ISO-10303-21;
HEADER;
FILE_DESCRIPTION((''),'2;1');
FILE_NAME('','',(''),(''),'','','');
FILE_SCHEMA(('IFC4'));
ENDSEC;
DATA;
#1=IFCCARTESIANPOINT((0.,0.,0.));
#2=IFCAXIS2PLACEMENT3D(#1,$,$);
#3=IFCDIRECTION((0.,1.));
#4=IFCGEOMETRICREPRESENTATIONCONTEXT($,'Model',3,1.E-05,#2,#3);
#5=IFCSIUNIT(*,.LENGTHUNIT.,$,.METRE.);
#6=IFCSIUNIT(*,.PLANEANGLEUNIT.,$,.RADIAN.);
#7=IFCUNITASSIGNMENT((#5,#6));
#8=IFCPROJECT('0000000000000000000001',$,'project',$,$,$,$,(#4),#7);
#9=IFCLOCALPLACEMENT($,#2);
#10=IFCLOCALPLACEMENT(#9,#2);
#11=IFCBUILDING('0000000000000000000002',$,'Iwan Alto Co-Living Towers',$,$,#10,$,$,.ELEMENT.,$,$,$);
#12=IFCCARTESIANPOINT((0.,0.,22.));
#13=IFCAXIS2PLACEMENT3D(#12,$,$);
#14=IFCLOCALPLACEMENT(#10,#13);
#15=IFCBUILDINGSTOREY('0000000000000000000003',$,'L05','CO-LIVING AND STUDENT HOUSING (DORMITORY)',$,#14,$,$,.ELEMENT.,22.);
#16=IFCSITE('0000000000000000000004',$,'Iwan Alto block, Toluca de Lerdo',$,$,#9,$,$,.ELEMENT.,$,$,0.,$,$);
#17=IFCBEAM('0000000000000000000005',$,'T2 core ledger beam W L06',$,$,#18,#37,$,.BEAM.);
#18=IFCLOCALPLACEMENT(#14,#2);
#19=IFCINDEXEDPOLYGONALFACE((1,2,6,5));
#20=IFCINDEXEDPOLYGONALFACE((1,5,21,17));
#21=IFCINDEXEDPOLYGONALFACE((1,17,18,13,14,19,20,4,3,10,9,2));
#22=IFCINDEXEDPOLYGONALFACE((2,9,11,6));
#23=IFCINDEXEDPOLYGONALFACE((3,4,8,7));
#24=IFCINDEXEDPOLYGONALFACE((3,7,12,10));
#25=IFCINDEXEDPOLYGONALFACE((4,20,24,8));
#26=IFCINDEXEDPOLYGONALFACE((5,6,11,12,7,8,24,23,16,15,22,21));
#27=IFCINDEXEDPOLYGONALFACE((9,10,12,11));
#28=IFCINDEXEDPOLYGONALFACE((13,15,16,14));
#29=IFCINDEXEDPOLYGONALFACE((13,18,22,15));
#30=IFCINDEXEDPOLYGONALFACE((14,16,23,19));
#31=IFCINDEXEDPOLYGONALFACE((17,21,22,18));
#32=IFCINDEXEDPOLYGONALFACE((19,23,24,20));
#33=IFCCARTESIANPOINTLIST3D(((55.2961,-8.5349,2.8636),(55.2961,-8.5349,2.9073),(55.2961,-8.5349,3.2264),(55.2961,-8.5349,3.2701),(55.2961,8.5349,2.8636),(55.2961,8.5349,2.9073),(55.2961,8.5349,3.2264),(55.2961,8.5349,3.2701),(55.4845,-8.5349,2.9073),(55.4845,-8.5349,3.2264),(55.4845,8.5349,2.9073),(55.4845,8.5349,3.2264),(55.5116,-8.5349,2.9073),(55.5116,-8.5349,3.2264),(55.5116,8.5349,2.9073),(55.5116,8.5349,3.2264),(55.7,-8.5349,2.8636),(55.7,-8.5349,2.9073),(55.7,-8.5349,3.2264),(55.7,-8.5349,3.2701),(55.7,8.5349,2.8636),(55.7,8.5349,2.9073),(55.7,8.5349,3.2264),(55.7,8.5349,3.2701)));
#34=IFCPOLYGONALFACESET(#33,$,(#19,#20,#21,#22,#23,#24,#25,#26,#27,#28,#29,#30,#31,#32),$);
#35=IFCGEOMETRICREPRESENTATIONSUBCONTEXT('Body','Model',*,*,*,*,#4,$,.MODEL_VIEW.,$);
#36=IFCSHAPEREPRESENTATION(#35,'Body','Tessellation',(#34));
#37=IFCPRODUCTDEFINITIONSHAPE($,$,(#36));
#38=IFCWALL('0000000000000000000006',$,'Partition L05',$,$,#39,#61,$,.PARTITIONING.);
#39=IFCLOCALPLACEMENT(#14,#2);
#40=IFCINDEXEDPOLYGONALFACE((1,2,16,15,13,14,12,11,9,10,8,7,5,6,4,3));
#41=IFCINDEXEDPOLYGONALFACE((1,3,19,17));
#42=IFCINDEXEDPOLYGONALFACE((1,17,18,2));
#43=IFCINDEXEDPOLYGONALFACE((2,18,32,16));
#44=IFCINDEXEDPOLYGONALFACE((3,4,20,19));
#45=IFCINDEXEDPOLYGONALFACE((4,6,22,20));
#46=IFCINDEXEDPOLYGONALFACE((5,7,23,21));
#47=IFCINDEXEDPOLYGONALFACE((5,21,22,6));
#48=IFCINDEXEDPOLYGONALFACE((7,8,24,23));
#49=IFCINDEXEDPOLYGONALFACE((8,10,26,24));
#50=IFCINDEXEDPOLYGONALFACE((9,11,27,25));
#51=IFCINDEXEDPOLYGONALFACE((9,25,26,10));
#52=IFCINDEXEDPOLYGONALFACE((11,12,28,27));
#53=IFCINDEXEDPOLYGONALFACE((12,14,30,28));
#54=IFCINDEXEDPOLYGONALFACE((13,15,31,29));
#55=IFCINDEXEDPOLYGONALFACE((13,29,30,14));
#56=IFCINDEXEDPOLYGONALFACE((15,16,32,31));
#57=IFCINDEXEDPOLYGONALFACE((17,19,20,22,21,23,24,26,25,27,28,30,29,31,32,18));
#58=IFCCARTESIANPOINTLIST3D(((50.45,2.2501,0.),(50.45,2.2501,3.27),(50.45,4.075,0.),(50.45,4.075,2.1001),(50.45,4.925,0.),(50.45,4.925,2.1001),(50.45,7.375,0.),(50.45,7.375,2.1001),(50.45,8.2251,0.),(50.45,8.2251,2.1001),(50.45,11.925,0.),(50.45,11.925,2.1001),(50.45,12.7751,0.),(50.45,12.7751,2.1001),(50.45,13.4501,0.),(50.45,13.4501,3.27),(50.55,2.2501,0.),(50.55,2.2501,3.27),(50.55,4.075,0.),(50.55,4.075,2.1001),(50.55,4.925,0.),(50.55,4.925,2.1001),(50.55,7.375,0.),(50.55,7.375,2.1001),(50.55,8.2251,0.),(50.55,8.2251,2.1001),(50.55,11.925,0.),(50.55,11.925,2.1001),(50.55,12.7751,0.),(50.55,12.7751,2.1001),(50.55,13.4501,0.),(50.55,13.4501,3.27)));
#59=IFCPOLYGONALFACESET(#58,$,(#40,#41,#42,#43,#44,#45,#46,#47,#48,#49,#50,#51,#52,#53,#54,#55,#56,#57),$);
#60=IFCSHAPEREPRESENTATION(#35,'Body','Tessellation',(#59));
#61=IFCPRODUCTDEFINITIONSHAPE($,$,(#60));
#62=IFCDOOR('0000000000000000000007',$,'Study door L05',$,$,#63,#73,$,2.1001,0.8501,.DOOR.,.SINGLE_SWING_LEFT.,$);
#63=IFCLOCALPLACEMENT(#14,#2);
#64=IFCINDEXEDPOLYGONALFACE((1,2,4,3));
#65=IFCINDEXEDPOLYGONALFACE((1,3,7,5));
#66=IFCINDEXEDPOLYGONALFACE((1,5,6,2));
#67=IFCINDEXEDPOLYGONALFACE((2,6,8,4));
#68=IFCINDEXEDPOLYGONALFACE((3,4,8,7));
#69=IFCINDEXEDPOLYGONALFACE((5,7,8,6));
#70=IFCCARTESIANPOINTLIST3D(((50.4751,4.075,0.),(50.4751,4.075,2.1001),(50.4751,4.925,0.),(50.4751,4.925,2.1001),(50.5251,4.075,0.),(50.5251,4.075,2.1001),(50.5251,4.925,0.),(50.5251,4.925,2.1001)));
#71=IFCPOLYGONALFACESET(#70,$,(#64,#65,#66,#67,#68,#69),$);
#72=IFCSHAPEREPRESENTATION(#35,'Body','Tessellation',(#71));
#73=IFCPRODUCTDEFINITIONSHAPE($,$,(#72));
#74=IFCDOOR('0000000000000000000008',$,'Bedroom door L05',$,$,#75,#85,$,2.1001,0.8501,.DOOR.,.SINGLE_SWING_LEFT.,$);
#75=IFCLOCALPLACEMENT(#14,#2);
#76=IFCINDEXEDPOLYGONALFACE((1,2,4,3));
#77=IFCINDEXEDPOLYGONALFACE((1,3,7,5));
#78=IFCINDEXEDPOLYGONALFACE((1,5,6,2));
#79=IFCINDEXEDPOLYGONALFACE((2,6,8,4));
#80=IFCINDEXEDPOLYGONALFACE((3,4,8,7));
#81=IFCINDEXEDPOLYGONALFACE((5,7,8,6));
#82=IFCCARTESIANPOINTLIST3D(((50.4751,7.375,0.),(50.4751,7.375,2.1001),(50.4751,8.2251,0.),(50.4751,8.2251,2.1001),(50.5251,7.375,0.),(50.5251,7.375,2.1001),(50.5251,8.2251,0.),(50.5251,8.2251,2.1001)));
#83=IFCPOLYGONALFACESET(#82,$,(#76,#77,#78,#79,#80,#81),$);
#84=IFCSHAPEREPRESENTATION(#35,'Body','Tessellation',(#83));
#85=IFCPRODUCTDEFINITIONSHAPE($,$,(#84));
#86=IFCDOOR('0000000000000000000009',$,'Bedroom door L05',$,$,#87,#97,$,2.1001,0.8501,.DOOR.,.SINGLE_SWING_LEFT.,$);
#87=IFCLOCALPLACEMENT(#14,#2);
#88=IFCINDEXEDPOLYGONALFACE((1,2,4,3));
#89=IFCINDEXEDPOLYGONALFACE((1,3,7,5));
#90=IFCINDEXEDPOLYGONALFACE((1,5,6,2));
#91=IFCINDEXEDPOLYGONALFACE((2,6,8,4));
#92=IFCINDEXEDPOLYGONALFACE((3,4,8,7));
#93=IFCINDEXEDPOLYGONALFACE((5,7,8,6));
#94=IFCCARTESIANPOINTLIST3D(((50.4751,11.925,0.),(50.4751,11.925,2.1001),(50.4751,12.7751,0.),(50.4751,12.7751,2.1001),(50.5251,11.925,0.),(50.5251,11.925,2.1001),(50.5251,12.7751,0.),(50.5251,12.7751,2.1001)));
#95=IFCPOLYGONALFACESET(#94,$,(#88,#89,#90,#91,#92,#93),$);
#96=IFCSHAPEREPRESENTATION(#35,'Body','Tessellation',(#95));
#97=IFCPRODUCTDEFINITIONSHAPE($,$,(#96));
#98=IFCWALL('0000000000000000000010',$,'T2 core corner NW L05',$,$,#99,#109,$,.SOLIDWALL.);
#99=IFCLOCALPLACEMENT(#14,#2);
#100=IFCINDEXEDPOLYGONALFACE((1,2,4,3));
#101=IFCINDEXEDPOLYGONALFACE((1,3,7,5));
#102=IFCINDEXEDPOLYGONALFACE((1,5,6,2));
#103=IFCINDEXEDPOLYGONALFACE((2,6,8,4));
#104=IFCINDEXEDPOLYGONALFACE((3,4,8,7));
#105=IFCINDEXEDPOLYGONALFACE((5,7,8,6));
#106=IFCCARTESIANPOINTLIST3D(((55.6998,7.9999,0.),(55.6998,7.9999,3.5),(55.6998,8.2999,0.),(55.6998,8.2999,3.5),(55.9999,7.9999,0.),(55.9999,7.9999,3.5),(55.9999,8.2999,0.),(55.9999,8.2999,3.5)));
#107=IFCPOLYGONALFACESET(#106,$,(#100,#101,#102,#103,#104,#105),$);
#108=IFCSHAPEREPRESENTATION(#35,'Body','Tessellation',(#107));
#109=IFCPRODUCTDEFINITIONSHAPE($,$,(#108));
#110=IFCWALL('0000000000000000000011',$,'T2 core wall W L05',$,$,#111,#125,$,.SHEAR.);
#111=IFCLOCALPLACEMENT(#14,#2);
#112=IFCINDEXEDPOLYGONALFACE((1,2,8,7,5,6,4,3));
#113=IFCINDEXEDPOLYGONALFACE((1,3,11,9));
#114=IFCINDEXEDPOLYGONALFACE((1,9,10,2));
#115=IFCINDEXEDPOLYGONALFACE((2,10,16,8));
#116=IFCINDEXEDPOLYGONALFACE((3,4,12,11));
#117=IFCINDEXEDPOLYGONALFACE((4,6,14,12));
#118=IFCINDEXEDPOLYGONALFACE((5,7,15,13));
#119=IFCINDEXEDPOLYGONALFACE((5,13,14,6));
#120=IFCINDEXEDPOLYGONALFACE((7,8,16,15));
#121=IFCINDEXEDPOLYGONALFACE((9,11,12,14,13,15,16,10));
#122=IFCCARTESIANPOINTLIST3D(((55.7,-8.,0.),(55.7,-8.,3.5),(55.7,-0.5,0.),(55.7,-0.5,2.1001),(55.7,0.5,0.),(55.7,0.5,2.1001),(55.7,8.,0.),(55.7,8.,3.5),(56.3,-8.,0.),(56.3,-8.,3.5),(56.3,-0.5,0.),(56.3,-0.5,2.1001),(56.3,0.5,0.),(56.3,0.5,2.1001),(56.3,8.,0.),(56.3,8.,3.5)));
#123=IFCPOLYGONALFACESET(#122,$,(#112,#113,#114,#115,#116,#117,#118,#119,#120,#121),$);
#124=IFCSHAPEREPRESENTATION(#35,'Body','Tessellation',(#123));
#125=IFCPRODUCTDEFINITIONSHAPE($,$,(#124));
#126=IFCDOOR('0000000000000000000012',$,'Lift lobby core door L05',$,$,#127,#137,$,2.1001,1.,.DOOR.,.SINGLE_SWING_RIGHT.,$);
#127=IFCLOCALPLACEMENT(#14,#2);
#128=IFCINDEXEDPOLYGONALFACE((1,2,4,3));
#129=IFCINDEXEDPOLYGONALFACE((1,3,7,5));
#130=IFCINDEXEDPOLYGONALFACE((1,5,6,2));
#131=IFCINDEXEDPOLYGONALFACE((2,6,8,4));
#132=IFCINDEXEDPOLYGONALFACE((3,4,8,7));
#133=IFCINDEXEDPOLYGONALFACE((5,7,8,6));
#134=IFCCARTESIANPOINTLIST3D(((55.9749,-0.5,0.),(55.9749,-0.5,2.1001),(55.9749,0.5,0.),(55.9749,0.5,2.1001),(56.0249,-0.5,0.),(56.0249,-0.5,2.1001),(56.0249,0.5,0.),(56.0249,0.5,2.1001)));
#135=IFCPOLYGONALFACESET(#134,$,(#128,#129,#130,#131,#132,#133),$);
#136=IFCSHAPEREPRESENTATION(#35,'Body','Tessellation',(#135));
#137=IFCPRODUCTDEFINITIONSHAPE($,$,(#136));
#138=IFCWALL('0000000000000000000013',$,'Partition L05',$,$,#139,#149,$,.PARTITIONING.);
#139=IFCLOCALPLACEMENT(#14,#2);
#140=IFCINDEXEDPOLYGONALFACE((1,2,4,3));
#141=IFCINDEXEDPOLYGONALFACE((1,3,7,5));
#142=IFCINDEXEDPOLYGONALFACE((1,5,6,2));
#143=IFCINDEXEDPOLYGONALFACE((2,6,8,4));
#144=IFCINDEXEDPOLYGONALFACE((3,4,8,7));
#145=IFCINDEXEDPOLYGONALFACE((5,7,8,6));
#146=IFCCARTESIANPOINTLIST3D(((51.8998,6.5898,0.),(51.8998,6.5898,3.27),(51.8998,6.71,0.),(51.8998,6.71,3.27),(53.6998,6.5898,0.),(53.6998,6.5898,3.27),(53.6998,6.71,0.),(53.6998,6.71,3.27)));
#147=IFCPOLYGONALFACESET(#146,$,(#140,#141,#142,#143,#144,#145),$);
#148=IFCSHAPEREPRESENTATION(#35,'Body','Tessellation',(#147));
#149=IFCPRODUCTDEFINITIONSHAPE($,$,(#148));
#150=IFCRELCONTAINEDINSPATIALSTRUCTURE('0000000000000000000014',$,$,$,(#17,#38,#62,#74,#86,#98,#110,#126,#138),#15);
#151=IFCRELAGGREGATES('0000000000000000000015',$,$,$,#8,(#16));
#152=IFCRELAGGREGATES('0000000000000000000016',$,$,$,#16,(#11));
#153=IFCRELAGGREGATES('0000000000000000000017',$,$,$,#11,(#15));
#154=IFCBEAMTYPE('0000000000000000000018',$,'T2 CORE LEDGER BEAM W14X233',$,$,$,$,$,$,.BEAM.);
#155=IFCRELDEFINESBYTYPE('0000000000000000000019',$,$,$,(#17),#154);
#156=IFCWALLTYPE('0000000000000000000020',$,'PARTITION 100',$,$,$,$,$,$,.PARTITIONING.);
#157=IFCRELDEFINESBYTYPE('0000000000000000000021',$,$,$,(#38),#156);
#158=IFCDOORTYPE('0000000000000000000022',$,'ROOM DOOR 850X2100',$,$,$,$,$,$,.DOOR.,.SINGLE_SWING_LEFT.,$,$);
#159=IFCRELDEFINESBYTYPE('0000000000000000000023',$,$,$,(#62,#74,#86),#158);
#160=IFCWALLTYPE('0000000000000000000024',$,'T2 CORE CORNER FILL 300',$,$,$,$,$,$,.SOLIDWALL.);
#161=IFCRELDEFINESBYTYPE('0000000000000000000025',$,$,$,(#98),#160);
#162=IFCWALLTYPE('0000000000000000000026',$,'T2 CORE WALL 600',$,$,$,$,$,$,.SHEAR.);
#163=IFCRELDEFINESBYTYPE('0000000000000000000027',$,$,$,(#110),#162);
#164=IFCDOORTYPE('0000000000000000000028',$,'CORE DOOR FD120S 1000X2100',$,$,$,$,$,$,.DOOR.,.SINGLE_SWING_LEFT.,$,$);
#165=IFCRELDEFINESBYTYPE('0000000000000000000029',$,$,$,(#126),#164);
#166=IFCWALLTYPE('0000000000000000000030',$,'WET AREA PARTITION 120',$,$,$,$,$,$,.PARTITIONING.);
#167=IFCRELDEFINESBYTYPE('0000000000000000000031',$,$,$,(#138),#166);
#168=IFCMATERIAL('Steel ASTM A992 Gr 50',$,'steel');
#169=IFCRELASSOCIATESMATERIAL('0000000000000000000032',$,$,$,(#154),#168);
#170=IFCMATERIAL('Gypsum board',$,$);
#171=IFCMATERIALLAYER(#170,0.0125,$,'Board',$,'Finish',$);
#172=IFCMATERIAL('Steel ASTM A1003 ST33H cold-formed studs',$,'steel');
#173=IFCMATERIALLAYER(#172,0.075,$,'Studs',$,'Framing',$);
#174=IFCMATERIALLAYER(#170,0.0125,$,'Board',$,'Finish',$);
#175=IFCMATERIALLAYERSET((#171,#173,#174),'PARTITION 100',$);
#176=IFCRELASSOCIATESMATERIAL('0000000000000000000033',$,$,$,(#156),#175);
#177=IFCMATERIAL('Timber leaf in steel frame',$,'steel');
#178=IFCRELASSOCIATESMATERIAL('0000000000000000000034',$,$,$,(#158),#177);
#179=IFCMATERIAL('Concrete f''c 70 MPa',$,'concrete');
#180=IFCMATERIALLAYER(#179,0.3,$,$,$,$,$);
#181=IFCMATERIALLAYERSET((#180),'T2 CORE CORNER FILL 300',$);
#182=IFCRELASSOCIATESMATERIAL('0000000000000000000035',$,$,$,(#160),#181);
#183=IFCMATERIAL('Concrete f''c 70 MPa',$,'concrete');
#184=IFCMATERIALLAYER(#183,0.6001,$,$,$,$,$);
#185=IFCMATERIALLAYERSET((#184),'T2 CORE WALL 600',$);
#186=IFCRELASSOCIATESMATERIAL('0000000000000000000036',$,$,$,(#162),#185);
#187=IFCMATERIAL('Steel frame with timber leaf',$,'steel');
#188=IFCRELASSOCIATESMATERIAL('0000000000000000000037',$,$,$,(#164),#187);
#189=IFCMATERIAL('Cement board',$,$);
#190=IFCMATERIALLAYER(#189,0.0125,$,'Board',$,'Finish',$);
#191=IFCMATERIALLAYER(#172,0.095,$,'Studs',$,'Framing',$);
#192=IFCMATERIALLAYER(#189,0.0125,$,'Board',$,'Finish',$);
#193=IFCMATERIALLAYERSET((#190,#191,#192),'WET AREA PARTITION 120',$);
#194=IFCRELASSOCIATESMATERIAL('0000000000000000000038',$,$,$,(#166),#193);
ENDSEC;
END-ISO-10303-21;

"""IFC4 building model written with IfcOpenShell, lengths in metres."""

from ifc_helpers import new_model, si_unit, direction, frame, frame_2d, origin, origin_2d, place, context, subcontext, project, spatial, rectangle, i_section, extrude, material, layer, layer_set, material_profile, profile_set, type_object, element, fill, save


model = new_model("IFC4")

# Units and contexts
model_context = context("Model", 3, precision=1e-05, world=origin(), true_north=direction((0.0, 1.0)))
body_context = subcontext(model_context, "Body", "Model", "MODEL_VIEW")
ifc_project = project(units=[si_unit("LENGTHUNIT", "METRE"), si_unit("PLANEANGLEUNIT", "RADIAN")], contexts=[model_context])

# Site, building, storey
site_placement = place(None, origin())
site = spatial("IfcSite", under=ifc_project, at=site_placement, Name="Iwan Alto block, Toluca de Lerdo", CompositionType="ELEMENT", RefElevation=0.0)
building_placement = place(site_placement, origin())
building = spatial("IfcBuilding", under=site, at=building_placement, Name="Iwan Alto Co-Living Towers", CompositionType="ELEMENT")
storey_placement = place(building_placement, frame((0.0, 0.0, 22.0)))
storey = spatial("IfcBuildingStorey", under=building, at=storey_placement, Name="L05", Description="CO-LIVING AND STUDENT HOUSING (DORMITORY)", CompositionType="ELEMENT", Elevation=22.0)

# Beam
ifc_material_1 = material(Name="Steel ASTM A992 Gr 50", Category="steel")
ifc_material_profile = material_profile(ifc_material_1, i_section(OverallWidth=0.4038, OverallDepth=0.4065, WebThickness=0.0271, FlangeThickness=0.0437, at=origin_2d()), Name="W14X233")
ifc_profile_set = profile_set([ifc_material_profile], Name="Steel ASTM A992 Gr 50")
beam_type = type_object("IfcBeamType", Name="T2 CORE LEDGER BEAM W14X233", PredefinedType="BEAM", material=ifc_profile_set)
beam_placement = place(storey_placement, frame((55.498, 8.5349, 3.0669), z_axis=(0.0, -1.0, 0.0), x_axis=(1.0, 0.0, 0.0)))
element("IfcBeam", 1, at=beam_placement, inside=storey, type_object=beam_type, Name="T2 core ledger beam W L06", PredefinedType="BEAM", context=body_context, shape_type="SweptSolid", body=[
    extrude(i_section(OverallWidth=0.4038, OverallDepth=0.4065, WebThickness=0.0271, FlangeThickness=0.0437, at=origin_2d()), origin(), (0.0, 0.0, 1.0), 17.0698),
])

# Wall, openings, doors
ifc_material_2 = material(Name="Gypsum board")
ifc_layer_1 = layer(ifc_material_2, 0.0125, Name="Board", Category="Finish")
ifc_material_3 = material(Name="Steel ASTM A1003 ST33H cold-formed studs", Category="steel")
ifc_layer_2 = layer(ifc_material_3, 0.075, Name="Studs", Category="Framing")
ifc_layer_3 = layer(ifc_material_2, 0.0125, Name="Board", Category="Finish")
ifc_layer_set_1 = layer_set([ifc_layer_1, ifc_layer_2, ifc_layer_3], Name="PARTITION 100")
wall_type_1 = type_object("IfcWallType", Name="PARTITION 100", PredefinedType="PARTITIONING", material=ifc_layer_set_1)
wall_1_placement = place(storey_placement, frame((50.5, 2.25, 0.0), z_axis=(0.0, 0.0, 1.0), x_axis=(0.0, 1.0, 0.0)))
wall_1 = element("IfcWall", 2, at=wall_1_placement, inside=storey, type_object=wall_type_1, Name="Partition L05", PredefinedType="PARTITIONING", context=body_context, shape_type="SweptSolid", body=[
    extrude(rectangle(XDim=11.2, YDim=0.1001, at=frame_2d((5.6001, 0.0))), origin(), (0.0, 0.0, 1.0), 3.27),
])
opening_1_placement = place(wall_1_placement, frame((1.825, 0.0, 0.0)))
opening_1 = element("IfcOpeningElement", 3, at=opening_1_placement, cuts=wall_1, PredefinedType="OPENING", context=body_context, shape_type="SweptSolid", body=[
    extrude(rectangle(XDim=0.8501, YDim=2.1001, at=frame_2d((0.425, 1.05))), frame((0.0, 0.0601, 0.0), z_axis=(0.0, -1.0, 0.0), x_axis=(1.0, 0.0, 0.0)), (0.0, 0.0, 1.0), 0.1201),
])
opening_2_placement = place(wall_1_placement, frame((5.125, 0.0, 0.0)))
opening_2 = element("IfcOpeningElement", 4, at=opening_2_placement, cuts=wall_1, PredefinedType="OPENING", context=body_context, shape_type="SweptSolid", body=[
    extrude(rectangle(XDim=0.8501, YDim=2.1001, at=frame_2d((0.425, 1.05))), frame((0.0, 0.0601, 0.0), z_axis=(0.0, -1.0, 0.0), x_axis=(1.0, 0.0, 0.0)), (0.0, 0.0, 1.0), 0.1201),
])
opening_3_placement = place(wall_1_placement, frame((9.675, 0.0, 0.0)))
opening_3 = element("IfcOpeningElement", 5, at=opening_3_placement, cuts=wall_1, PredefinedType="OPENING", context=body_context, shape_type="SweptSolid", body=[
    extrude(rectangle(XDim=0.8501, YDim=2.1001, at=frame_2d((0.425, 1.05))), frame((0.0, 0.0601, 0.0), z_axis=(0.0, -1.0, 0.0), x_axis=(1.0, 0.0, 0.0)), (0.0, 0.0, 1.0), 0.1201),
])
ifc_material_4 = material(Name="Timber leaf in steel frame", Category="steel")
door_type_1 = type_object("IfcDoorType", Name="ROOM DOOR 850X2100", OperationType="SINGLE_SWING_LEFT", PredefinedType="DOOR", material=ifc_material_4)
door_1_placement = place(opening_1_placement, origin())
door_1 = element("IfcDoor", 6, at=door_1_placement, inside=storey, type_object=door_type_1, Name="Study door L05", OperationType="SINGLE_SWING_LEFT", OverallHeight=2.1001, OverallWidth=0.8501, PredefinedType="DOOR", context=body_context, shape_type="SweptSolid", body=[
    extrude(rectangle(XDim=0.8501, YDim=2.1001, at=frame_2d((0.425, 1.05))), frame((0.0, 0.0249, 0.0), z_axis=(0.0, -1.0, 0.0), x_axis=(1.0, 0.0, 0.0)), (0.0, 0.0, 1.0), 0.05),
])
fill(opening_1, door_1)
door_2_placement = place(opening_2_placement, origin())
door_2 = element("IfcDoor", 7, at=door_2_placement, inside=storey, type_object=door_type_1, Name="Bedroom door L05", OperationType="SINGLE_SWING_LEFT", OverallHeight=2.1001, OverallWidth=0.8501, PredefinedType="DOOR", context=body_context, shape_type="SweptSolid", body=[
    extrude(rectangle(XDim=0.8501, YDim=2.1001, at=frame_2d((0.425, 1.05))), frame((0.0, 0.0249, 0.0), z_axis=(0.0, -1.0, 0.0), x_axis=(1.0, 0.0, 0.0)), (0.0, 0.0, 1.0), 0.05),
])
fill(opening_2, door_2)
door_3_placement = place(opening_3_placement, origin())
door_3 = element("IfcDoor", 8, at=door_3_placement, inside=storey, type_object=door_type_1, Name="Bedroom door L05", OperationType="SINGLE_SWING_LEFT", OverallHeight=2.1001, OverallWidth=0.8501, PredefinedType="DOOR", context=body_context, shape_type="SweptSolid", body=[
    extrude(rectangle(XDim=0.8501, YDim=2.1001, at=frame_2d((0.425, 1.05))), frame((0.0, 0.0249, 0.0), z_axis=(0.0, -1.0, 0.0), x_axis=(1.0, 0.0, 0.0)), (0.0, 0.0, 1.0), 0.05),
])
fill(opening_3, door_3)

# Wall
ifc_material_5 = material(Name="Concrete f'c 70 MPa", Category="concrete")
ifc_layer_4 = layer(ifc_material_5, 0.3)
ifc_layer_set_2 = layer_set([ifc_layer_4], Name="T2 CORE CORNER FILL 300")
wall_type_2 = type_object("IfcWallType", Name="T2 CORE CORNER FILL 300", PredefinedType="SOLIDWALL", material=ifc_layer_set_2)
wall_2_placement = place(storey_placement, frame((55.7, 8.1499, 0.0), z_axis=(0.0, 0.0, 1.0), x_axis=(1.0, 0.0, 0.0)))
element("IfcWall", 9, at=wall_2_placement, inside=storey, type_object=wall_type_2, Name="T2 core corner NW L05", PredefinedType="SOLIDWALL", context=body_context, shape_type="SweptSolid", body=[
    extrude(rectangle(XDim=0.3, YDim=0.3, at=frame_2d((0.1499, 0.0))), origin(), (0.0, 0.0, 1.0), 3.5),
])

# Wall, opening, door
ifc_material_6 = material(Name="Concrete f'c 70 MPa", Category="concrete")
ifc_layer_5 = layer(ifc_material_6, 0.6001)
ifc_layer_set_3 = layer_set([ifc_layer_5], Name="T2 CORE WALL 600")
wall_type_3 = type_object("IfcWallType", Name="T2 CORE WALL 600", PredefinedType="SHEAR", material=ifc_layer_set_3)
wall_3_placement = place(storey_placement, frame((56.0, 8.0, 0.0), z_axis=(0.0, 0.0, 1.0), x_axis=(0.0, -1.0, 0.0)))
wall_3 = element("IfcWall", 10, at=wall_3_placement, inside=storey, type_object=wall_type_3, Name="T2 core wall W L05", PredefinedType="SHEAR", context=body_context, shape_type="SweptSolid", body=[
    extrude(rectangle(XDim=16.0, YDim=0.6001, at=frame_2d((8.0, 0.0))), origin(), (0.0, 0.0, 1.0), 3.5),
])
opening_4_placement = place(wall_3_placement, frame((7.5, 0.0, 0.0)))
opening_4 = element("IfcOpeningElement", 11, at=opening_4_placement, cuts=wall_3, PredefinedType="OPENING", context=body_context, shape_type="SweptSolid", body=[
    extrude(rectangle(XDim=1.0, YDim=2.1001, at=frame_2d((0.5, 1.05))), frame((0.0, 0.3101, 0.0), z_axis=(0.0, -1.0, 0.0), x_axis=(1.0, 0.0, 0.0)), (0.0, 0.0, 1.0), 0.6201),
])
ifc_material_7 = material(Name="Steel frame with timber leaf", Category="steel")
door_type_2 = type_object("IfcDoorType", Name="CORE DOOR FD120S 1000X2100", OperationType="SINGLE_SWING_LEFT", PredefinedType="DOOR", material=ifc_material_7)
door_4_placement = place(opening_4_placement, origin())
door_4 = element("IfcDoor", 12, at=door_4_placement, inside=storey, type_object=door_type_2, Name="Lift lobby core door L05", OperationType="SINGLE_SWING_RIGHT", OverallHeight=2.1001, OverallWidth=1.0, PredefinedType="DOOR", context=body_context, shape_type="SweptSolid", body=[
    extrude(rectangle(XDim=1.0, YDim=2.1001, at=frame_2d((0.5, 1.05))), frame((0.0, 0.0249, 0.0), z_axis=(0.0, -1.0, 0.0), x_axis=(1.0, 0.0, 0.0)), (0.0, 0.0, 1.0), 0.05),
])
fill(opening_4, door_4)

# Wall
ifc_material_8 = material(Name="Cement board")
ifc_layer_6 = layer(ifc_material_8, 0.0125, Name="Board", Category="Finish")
ifc_layer_7 = layer(ifc_material_3, 0.095, Name="Studs", Category="Framing")
ifc_layer_8 = layer(ifc_material_8, 0.0125, Name="Board", Category="Finish")
ifc_layer_set_4 = layer_set([ifc_layer_6, ifc_layer_7, ifc_layer_8], Name="WET AREA PARTITION 120")
wall_type_4 = type_object("IfcWallType", Name="WET AREA PARTITION 120", PredefinedType="PARTITIONING", material=ifc_layer_set_4)
wall_4_placement = place(storey_placement, frame((51.8999, 6.6499, 0.0), z_axis=(0.0, 0.0, 1.0), x_axis=(1.0, 0.0, 0.0)))
element("IfcWall", 13, at=wall_4_placement, inside=storey, type_object=wall_type_4, Name="Partition L05", PredefinedType="PARTITIONING", context=body_context, shape_type="SweptSolid", body=[
    extrude(rectangle(XDim=1.8, YDim=0.1201, at=frame_2d((0.8999, 0.0))), origin(), (0.0, 0.0, 1.0), 3.27),
])

save(model, "model.ifc")
